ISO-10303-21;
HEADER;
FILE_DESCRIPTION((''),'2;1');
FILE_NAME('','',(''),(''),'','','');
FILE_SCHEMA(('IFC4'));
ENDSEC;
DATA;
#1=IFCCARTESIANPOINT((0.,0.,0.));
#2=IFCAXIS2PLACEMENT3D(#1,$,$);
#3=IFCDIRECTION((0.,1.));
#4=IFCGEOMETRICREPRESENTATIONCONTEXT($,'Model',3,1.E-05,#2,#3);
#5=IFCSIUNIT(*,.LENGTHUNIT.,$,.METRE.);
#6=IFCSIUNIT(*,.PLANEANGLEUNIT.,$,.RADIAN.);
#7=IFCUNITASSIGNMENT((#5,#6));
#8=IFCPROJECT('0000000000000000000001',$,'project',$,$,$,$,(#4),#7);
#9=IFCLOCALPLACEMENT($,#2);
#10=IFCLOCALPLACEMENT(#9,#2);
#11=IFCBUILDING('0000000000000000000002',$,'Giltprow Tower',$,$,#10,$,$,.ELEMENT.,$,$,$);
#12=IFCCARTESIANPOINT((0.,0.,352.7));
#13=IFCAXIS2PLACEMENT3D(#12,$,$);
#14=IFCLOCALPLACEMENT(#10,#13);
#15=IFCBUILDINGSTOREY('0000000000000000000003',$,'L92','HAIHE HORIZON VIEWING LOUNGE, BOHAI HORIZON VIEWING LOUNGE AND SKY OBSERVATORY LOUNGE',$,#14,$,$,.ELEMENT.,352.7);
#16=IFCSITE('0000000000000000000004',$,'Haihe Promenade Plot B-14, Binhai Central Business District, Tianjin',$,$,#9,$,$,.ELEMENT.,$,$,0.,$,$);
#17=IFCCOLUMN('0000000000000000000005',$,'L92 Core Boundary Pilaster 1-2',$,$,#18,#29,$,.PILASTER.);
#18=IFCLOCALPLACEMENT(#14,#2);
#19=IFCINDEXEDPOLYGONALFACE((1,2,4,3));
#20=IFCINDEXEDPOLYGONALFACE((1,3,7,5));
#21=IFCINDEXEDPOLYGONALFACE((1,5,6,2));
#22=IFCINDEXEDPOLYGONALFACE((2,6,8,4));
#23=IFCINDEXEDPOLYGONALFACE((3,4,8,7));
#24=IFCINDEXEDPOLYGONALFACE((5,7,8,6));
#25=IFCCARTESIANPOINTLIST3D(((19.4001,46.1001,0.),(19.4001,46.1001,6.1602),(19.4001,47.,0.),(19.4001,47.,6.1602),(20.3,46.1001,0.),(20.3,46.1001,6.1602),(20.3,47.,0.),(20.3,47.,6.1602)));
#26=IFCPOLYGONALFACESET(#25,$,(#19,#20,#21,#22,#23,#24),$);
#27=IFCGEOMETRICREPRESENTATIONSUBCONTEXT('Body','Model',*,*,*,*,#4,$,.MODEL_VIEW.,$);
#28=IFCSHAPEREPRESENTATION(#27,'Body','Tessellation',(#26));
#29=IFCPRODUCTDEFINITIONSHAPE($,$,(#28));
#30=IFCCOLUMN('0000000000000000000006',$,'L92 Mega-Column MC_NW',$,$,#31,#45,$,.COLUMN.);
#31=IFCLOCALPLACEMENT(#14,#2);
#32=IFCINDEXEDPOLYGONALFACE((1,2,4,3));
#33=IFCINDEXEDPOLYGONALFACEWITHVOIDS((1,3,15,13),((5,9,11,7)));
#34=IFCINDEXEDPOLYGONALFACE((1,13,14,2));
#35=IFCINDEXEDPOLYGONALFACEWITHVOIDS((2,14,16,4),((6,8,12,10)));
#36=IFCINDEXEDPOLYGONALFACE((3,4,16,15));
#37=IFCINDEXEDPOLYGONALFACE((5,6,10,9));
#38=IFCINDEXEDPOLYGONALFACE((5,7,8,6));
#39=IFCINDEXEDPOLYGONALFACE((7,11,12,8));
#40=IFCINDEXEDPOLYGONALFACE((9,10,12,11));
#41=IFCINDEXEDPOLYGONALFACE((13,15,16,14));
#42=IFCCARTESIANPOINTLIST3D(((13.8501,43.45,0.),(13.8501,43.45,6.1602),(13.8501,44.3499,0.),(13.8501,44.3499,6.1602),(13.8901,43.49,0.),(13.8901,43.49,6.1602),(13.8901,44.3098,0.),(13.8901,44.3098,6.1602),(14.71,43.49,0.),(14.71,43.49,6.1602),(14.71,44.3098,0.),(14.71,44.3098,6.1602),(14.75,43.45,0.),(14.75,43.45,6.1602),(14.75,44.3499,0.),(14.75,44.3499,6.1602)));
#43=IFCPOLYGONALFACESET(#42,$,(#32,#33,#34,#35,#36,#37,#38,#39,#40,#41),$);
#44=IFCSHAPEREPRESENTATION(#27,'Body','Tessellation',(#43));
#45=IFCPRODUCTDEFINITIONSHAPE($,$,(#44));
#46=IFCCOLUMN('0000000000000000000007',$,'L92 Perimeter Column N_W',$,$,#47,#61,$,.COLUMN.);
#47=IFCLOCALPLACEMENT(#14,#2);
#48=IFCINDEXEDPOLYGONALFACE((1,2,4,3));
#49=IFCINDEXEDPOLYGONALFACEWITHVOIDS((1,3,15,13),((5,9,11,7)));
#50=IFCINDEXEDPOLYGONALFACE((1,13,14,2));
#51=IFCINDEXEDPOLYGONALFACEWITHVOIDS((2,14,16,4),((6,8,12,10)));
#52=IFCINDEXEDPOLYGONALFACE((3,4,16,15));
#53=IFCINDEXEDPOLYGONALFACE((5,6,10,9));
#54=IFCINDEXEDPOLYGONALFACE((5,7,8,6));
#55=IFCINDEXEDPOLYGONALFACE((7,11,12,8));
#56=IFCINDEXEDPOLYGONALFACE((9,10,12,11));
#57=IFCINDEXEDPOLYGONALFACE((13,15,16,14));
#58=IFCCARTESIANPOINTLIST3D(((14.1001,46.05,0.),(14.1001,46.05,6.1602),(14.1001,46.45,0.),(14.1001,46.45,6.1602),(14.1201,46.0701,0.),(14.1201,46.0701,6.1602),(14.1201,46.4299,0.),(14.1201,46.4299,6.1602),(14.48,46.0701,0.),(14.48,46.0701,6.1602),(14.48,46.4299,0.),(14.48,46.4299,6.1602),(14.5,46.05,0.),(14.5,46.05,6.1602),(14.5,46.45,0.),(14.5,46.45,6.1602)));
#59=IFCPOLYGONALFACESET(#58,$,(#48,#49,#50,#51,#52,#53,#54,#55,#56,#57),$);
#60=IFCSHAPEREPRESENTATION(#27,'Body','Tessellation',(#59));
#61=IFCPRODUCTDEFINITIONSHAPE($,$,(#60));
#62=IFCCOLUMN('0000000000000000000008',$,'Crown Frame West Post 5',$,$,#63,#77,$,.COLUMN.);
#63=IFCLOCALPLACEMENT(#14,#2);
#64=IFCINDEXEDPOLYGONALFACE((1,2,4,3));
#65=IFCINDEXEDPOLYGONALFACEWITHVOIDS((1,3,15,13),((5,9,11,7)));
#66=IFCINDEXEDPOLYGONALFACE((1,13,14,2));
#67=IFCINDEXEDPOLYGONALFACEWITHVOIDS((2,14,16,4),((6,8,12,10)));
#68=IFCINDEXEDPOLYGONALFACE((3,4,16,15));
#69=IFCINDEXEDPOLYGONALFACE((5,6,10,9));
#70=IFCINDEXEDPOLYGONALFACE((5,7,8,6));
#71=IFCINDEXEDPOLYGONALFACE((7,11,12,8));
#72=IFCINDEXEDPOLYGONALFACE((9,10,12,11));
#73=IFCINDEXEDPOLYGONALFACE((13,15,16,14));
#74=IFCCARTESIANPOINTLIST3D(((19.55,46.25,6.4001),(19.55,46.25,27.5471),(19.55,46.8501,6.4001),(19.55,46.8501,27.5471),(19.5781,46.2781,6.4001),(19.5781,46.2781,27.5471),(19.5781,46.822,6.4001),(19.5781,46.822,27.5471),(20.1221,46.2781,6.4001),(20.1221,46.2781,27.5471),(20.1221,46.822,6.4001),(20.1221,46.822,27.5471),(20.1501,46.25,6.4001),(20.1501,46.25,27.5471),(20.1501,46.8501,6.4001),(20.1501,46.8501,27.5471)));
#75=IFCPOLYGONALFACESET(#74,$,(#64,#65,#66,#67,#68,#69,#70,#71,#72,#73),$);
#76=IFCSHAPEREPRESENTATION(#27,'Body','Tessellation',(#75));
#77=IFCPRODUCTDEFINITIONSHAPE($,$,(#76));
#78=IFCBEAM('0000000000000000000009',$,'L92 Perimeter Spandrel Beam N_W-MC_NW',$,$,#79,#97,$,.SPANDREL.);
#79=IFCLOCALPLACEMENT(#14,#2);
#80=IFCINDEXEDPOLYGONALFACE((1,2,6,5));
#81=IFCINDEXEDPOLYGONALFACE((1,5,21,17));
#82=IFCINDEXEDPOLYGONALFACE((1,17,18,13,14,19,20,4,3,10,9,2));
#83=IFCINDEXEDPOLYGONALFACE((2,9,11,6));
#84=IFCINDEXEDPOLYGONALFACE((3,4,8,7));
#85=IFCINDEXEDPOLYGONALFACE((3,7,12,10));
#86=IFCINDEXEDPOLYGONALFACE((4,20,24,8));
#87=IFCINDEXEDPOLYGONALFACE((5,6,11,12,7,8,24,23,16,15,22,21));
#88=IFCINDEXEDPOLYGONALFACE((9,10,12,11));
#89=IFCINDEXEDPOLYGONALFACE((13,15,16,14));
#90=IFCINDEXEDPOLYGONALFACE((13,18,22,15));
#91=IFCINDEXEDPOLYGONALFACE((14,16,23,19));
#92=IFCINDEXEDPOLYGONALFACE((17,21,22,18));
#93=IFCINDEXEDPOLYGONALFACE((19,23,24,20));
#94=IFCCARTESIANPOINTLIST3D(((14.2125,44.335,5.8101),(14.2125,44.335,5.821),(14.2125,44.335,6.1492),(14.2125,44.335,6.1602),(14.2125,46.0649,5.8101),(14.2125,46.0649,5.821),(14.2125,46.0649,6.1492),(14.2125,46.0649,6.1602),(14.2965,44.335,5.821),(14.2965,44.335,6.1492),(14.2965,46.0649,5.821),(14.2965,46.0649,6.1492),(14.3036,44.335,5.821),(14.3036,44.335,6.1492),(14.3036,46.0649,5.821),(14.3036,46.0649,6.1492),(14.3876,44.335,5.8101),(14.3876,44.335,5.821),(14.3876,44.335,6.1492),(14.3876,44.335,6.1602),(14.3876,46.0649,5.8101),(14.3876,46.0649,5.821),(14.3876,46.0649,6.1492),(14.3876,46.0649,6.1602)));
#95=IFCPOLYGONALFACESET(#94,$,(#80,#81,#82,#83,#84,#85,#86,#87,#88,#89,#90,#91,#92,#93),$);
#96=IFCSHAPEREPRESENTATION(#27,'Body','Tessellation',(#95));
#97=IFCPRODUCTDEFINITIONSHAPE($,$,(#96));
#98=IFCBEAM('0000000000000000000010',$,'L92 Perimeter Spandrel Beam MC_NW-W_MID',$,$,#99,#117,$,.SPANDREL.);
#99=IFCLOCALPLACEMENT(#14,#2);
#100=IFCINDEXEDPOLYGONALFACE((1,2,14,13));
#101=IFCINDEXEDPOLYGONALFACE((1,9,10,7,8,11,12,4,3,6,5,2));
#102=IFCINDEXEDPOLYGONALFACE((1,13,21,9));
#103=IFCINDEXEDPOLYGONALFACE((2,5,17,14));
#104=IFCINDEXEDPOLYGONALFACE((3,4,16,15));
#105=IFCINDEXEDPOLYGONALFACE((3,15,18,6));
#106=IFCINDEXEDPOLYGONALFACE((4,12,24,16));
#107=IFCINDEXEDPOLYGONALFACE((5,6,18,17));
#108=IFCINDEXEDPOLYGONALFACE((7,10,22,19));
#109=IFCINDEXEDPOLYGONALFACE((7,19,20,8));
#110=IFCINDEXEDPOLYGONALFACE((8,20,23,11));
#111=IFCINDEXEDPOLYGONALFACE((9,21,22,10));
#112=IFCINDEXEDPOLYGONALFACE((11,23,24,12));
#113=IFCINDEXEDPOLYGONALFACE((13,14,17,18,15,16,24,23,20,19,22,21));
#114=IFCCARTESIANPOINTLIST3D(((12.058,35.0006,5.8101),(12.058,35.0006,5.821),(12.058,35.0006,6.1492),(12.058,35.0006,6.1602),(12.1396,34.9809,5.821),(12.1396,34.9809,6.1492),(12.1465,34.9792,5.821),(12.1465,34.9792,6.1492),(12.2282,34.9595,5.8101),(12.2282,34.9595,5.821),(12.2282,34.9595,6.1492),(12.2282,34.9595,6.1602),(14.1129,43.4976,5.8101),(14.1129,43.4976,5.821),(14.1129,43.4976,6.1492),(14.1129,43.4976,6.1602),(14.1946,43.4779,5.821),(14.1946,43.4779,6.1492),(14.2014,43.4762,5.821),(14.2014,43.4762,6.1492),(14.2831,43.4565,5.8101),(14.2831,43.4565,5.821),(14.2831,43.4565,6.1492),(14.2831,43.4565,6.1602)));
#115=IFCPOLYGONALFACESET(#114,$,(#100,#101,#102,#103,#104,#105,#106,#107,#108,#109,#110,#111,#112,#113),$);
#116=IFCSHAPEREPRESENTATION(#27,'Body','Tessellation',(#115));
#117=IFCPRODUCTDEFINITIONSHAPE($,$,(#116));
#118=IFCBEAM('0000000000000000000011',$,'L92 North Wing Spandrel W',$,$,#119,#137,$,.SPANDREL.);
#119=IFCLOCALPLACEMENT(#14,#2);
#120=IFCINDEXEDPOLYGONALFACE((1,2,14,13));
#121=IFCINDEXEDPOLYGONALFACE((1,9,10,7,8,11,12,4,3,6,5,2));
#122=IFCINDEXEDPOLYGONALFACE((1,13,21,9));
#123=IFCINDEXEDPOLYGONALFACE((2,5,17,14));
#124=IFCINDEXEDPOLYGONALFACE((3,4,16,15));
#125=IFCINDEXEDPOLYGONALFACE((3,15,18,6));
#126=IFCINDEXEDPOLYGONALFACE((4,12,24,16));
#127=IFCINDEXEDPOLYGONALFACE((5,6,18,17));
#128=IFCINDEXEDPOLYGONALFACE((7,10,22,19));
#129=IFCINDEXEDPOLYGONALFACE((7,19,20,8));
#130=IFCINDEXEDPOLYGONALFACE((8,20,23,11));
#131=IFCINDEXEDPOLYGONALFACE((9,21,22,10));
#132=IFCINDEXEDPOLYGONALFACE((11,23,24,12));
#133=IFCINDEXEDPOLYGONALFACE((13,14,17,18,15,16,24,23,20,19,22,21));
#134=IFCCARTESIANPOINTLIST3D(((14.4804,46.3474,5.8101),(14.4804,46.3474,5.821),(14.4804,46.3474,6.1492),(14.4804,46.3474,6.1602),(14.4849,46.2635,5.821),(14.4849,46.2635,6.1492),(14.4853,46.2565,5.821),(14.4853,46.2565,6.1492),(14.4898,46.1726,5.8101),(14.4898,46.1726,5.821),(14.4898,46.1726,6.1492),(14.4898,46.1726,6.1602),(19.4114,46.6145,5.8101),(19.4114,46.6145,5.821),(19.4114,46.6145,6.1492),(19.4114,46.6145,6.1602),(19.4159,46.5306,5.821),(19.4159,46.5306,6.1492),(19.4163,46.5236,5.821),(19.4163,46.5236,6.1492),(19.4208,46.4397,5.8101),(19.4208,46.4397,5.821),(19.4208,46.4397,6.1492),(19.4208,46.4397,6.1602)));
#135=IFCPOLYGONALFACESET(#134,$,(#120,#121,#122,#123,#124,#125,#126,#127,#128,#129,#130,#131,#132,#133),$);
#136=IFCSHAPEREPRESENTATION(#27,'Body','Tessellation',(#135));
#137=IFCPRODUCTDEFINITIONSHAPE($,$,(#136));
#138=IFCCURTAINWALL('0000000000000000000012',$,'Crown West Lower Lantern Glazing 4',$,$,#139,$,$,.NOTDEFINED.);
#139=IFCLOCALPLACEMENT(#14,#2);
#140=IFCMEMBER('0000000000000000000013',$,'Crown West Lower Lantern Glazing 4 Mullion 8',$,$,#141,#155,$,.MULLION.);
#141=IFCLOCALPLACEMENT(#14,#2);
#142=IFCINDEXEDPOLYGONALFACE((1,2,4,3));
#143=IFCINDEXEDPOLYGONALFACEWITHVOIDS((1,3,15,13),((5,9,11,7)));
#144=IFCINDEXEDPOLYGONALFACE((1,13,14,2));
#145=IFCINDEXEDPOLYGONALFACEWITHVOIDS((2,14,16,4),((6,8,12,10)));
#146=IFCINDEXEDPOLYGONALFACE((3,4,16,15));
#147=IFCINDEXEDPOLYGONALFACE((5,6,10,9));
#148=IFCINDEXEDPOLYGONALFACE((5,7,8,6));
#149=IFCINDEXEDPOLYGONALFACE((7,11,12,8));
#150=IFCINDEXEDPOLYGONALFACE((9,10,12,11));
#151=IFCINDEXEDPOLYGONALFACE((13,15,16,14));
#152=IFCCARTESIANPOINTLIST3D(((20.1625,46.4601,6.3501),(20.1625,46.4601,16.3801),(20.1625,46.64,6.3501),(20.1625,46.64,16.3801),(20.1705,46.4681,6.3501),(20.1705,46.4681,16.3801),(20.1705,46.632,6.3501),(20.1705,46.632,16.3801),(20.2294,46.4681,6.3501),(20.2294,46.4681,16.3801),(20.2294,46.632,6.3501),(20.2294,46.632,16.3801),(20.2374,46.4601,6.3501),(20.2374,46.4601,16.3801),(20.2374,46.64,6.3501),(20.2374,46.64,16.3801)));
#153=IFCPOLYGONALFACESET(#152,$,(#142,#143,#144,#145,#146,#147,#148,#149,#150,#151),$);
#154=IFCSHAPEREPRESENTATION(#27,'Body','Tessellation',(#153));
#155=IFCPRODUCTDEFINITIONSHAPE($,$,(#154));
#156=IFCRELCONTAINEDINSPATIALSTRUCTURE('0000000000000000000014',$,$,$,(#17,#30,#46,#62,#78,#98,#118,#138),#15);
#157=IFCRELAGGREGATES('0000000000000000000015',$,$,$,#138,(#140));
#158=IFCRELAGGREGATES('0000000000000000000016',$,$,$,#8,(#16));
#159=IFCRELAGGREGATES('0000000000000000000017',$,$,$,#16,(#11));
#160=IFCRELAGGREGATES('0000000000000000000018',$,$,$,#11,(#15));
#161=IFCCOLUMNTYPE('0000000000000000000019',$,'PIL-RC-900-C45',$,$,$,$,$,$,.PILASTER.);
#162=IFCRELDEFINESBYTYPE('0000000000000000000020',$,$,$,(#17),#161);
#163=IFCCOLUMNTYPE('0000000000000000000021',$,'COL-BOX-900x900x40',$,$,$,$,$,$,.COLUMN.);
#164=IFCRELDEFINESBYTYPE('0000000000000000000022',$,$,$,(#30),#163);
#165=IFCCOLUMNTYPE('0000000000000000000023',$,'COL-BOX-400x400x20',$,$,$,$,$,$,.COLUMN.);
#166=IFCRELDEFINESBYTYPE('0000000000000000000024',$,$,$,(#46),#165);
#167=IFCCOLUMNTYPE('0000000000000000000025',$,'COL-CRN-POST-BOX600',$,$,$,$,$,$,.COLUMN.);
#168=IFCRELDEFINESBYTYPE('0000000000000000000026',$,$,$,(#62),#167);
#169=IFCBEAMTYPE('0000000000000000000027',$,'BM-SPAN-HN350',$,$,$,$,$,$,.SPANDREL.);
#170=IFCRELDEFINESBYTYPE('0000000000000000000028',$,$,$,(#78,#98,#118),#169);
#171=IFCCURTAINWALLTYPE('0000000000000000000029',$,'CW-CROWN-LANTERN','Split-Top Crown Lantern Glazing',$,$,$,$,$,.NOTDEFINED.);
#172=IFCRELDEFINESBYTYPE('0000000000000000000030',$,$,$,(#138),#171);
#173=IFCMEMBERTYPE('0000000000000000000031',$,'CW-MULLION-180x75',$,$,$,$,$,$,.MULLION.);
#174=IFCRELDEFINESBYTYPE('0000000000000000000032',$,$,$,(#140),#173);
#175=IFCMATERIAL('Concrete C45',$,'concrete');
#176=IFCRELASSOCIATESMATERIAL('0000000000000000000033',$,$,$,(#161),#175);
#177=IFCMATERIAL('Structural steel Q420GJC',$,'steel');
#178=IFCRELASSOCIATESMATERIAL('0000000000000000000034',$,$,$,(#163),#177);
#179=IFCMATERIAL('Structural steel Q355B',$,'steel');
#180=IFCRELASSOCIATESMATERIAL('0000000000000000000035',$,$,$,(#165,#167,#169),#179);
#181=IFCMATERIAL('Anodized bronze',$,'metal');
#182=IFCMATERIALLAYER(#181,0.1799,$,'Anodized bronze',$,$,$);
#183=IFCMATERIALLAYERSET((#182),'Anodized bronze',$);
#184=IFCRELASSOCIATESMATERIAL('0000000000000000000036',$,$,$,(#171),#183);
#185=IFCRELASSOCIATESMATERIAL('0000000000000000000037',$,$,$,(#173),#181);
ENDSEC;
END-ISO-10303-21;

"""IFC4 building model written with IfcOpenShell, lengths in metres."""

from ifc_helpers import new_model, si_unit, direction, frame, origin, origin_2d, place, context, subcontext, project, spatial, rectangle, hollow_rectangle, i_section, extrude, source, transform, mapped, material, layer, layer_set, material_profile, profile_set, type_object, element, aggregate, save


model = new_model("IFC4")

# Units and contexts
model_context = context("Model", 3, precision=1e-05, world=origin(), true_north=direction((0.0, 1.0)))
body_context = subcontext(model_context, "Body", "Model", "MODEL_VIEW")
ifc_project = project(units=[si_unit("LENGTHUNIT", "METRE"), si_unit("PLANEANGLEUNIT", "RADIAN")], contexts=[model_context])

# Site, building, storey
site_placement = place(None, origin())
site = spatial("IfcSite", under=ifc_project, at=site_placement, Name="Haihe Promenade Plot B-14, Binhai Central Business District, Tianjin", CompositionType="ELEMENT", RefElevation=0.0)
building_placement = place(site_placement, origin())
building = spatial("IfcBuilding", under=site, at=building_placement, Name="Giltprow Tower", CompositionType="ELEMENT")
storey_placement = place(building_placement, frame((0.0, 0.0, 352.7)))
storey = spatial("IfcBuildingStorey", under=building, at=storey_placement, Name="L92", Description="HAIHE HORIZON VIEWING LOUNGE, BOHAI HORIZON VIEWING LOUNGE AND SKY OBSERVATORY LOUNGE", CompositionType="ELEMENT", Elevation=352.7)

# Columns
ifc_material_1 = material(Name="Concrete C45", Category="concrete")
ifc_material_profile_1 = material_profile(ifc_material_1, rectangle(XDim=0.8999, YDim=0.8999, at=origin_2d()), Name="RC 900x900")
ifc_profile_set_1 = profile_set([ifc_material_profile_1], Name="Concrete C45")
column_type_1 = type_object("IfcColumnType", Name="PIL-RC-900-C45", PredefinedType="PILASTER", material=ifc_profile_set_1)
shared_shape_1 = source(origin(), body_context, "Body", "SweptSolid", [
    extrude(rectangle(XDim=0.8999, YDim=0.8999, at=origin_2d()), origin(), (0.0, 0.0, 1.0), 6.1602),
])
column_1_placement = place(storey_placement, frame((19.8501, 46.55, 0.0), z_axis=(0.0, 0.0, 1.0), x_axis=(1.0, 0.0, 0.0)))
element("IfcColumn", 1, at=column_1_placement, inside=storey, type_object=column_type_1, Name="L92 Core Boundary Pilaster 1-2", PredefinedType="PILASTER", context=body_context, shape_type="MappedRepresentation", body=[
    mapped(shared_shape_1, transform((0.0, 0.0, 0.0), x_axis=(1.0, 0.0, 0.0), y_axis=(0.0, 1.0, 0.0), z_axis=(0.0, 0.0, 1.0), scale=1.0)),
])
ifc_material_2 = material(Name="Structural steel Q420GJC", Category="steel")
ifc_material_profile_2 = material_profile(ifc_material_2, hollow_rectangle(XDim=0.8999, YDim=0.8999, WallThickness=0.04, at=origin_2d()), Name="BOX 900x900x40")
ifc_profile_set_2 = profile_set([ifc_material_profile_2], Name="Structural steel Q420GJC")
column_type_2 = type_object("IfcColumnType", Name="COL-BOX-900x900x40", PredefinedType="COLUMN", material=ifc_profile_set_2)
shared_shape_2 = source(origin(), body_context, "Body", "SweptSolid", [
    extrude(hollow_rectangle(XDim=0.8999, YDim=0.8999, WallThickness=0.04, at=origin_2d()), origin(), (0.0, 0.0, 1.0), 6.1602),
])
column_2_placement = place(storey_placement, frame((14.3, 43.8999, 0.0), z_axis=(0.0, 0.0, 1.0), x_axis=(1.0, 0.0, 0.0)))
element("IfcColumn", 2, at=column_2_placement, inside=storey, type_object=column_type_2, Name="L92 Mega-Column MC_NW", PredefinedType="COLUMN", context=body_context, shape_type="MappedRepresentation", body=[
    mapped(shared_shape_2, transform((0.0, 0.0, 0.0), x_axis=(1.0, 0.0, 0.0), y_axis=(0.0, 1.0, 0.0), z_axis=(0.0, 0.0, 1.0), scale=1.0)),
])
ifc_material_3 = material(Name="Structural steel Q355B", Category="steel")
ifc_material_profile_3 = material_profile(ifc_material_3, hollow_rectangle(XDim=0.3999, YDim=0.3999, WallThickness=0.02, at=origin_2d()), Name="BOX 400x400x20")
ifc_profile_set_3 = profile_set([ifc_material_profile_3], Name="Structural steel Q355B")
column_type_3 = type_object("IfcColumnType", Name="COL-BOX-400x400x20", PredefinedType="COLUMN", material=ifc_profile_set_3)
shared_shape_3 = source(origin(), body_context, "Body", "SweptSolid", [
    extrude(hollow_rectangle(XDim=0.3999, YDim=0.3999, WallThickness=0.02, at=origin_2d()), origin(), (0.0, 0.0, 1.0), 6.1602),
])
column_3_placement = place(storey_placement, frame((14.3, 46.25, 0.0), z_axis=(0.0, 0.0, 1.0), x_axis=(1.0, 0.0, 0.0)))
element("IfcColumn", 3, at=column_3_placement, inside=storey, type_object=column_type_3, Name="L92 Perimeter Column N_W", PredefinedType="COLUMN", context=body_context, shape_type="MappedRepresentation", body=[
    mapped(shared_shape_3, transform((0.0, 0.0, 0.0), x_axis=(1.0, 0.0, 0.0), y_axis=(0.0, 1.0, 0.0), z_axis=(0.0, 0.0, 1.0), scale=1.0)),
])
ifc_material_profile_4 = material_profile(ifc_material_3, hollow_rectangle(XDim=0.6001, YDim=0.6001, WallThickness=0.0281, at=origin_2d()), Name="BOX 600x600x28")
ifc_profile_set_4 = profile_set([ifc_material_profile_4], Name="Structural steel Q355B")
column_type_4 = type_object("IfcColumnType", Name="COL-CRN-POST-BOX600", PredefinedType="COLUMN", material=ifc_profile_set_4)
shared_shape_4 = source(origin(), body_context, "Body", "SweptSolid", [
    extrude(hollow_rectangle(XDim=0.6001, YDim=0.6001, WallThickness=0.0281, at=origin_2d()), origin(), (0.0, 0.0, 1.0), 21.147),
])
column_4_placement = place(storey_placement, frame((19.8501, 46.55, 6.4001), z_axis=(0.0, 0.0, 1.0), x_axis=(1.0, 0.0, 0.0)))
element("IfcColumn", 4, at=column_4_placement, inside=storey, type_object=column_type_4, Name="Crown Frame West Post 5", PredefinedType="COLUMN", context=body_context, shape_type="MappedRepresentation", body=[
    mapped(shared_shape_4, transform((0.0, 0.0, 0.0), x_axis=(1.0, 0.0, 0.0), y_axis=(0.0, 1.0, 0.0), z_axis=(0.0, 0.0, 1.0), scale=1.0)),
])

# Beams
ifc_material_profile_5 = material_profile(ifc_material_3, i_section(OverallWidth=0.175, OverallDepth=0.3501, WebThickness=0.0071, FlangeThickness=0.011, at=origin_2d()), Name="HN 350x175x7x11")
ifc_profile_set_5 = profile_set([ifc_material_profile_5], Name="Structural steel Q355B")
beam_type = type_object("IfcBeamType", Name="BM-SPAN-HN350", PredefinedType="SPANDREL", material=ifc_profile_set_5)
shared_shape_5 = source(origin(), body_context, "Body", "SweptSolid", [
    extrude(i_section(OverallWidth=0.175, OverallDepth=0.3501, WebThickness=0.0071, FlangeThickness=0.011, at=origin_2d()), origin(), (0.0, 0.0, 1.0), 1.73),
])
beam_1_placement = place(storey_placement, frame((14.3, 46.0649, 5.9851), z_axis=(0.0, -1.0, 0.0), x_axis=(1.0, 0.0, 0.0)))
element("IfcBeam", 5, at=beam_1_placement, inside=storey, type_object=beam_type, Name="L92 Perimeter Spandrel Beam N_W-MC_NW", PredefinedType="SPANDREL", context=body_context, shape_type="MappedRepresentation", body=[
    mapped(shared_shape_5, transform((0.0, 0.0, 0.0), x_axis=(1.0, 0.0, 0.0), y_axis=(0.0, 1.0, 0.0), z_axis=(0.0, 0.0, 1.0), scale=1.0)),
])
shared_shape_6 = source(origin(), body_context, "Body", "SweptSolid", [
    extrude(i_section(OverallWidth=0.175, OverallDepth=0.3501, WebThickness=0.0071, FlangeThickness=0.011, at=origin_2d()), origin(), (0.0, 0.0, 1.0), 8.7419),
])
beam_2_placement = place(storey_placement, frame((14.198, 43.4771, 5.9851), z_axis=(-0.235064, -0.97198, 0.0), x_axis=(0.97198, -0.235064, 0.0)))
element("IfcBeam", 6, at=beam_2_placement, inside=storey, type_object=beam_type, Name="L92 Perimeter Spandrel Beam MC_NW-W_MID", PredefinedType="SPANDREL", context=body_context, shape_type="MappedRepresentation", body=[
    mapped(shared_shape_6, transform((0.0, 0.0, 0.0), x_axis=(1.0, 0.0, 0.0), y_axis=(0.0, 1.0, 0.0), z_axis=(0.0, 0.0, 1.0), scale=1.0)),
])
shared_shape_7 = source(origin(), body_context, "Body", "SweptSolid", [
    extrude(i_section(OverallWidth=0.175, OverallDepth=0.3501, WebThickness=0.0071, FlangeThickness=0.011, at=origin_2d()), origin(), (0.0, 0.0, 1.0), 4.9382),
])
beam_3_placement = place(storey_placement, frame((14.4851, 46.26, 5.9851), z_axis=(0.998536, 0.054087, 0.0), x_axis=(-0.054087, 0.998536, 0.0)))
element("IfcBeam", 7, at=beam_3_placement, inside=storey, type_object=beam_type, Name="L92 North Wing Spandrel W", PredefinedType="SPANDREL", context=body_context, shape_type="MappedRepresentation", body=[
    mapped(shared_shape_7, transform((0.0, 0.0, 0.0), x_axis=(1.0, 0.0, 0.0), y_axis=(0.0, 1.0, 0.0), z_axis=(0.0, 0.0, 1.0), scale=1.0)),
])

# Curtain wall, member
ifc_material_4 = material(Name="Anodized bronze", Category="metal")
ifc_layer_1 = layer(ifc_material_4, 0.1799, Name="Anodized bronze")
ifc_layer_set_1 = layer_set([ifc_layer_1], Name="Anodized bronze")
curtain_wall_type = type_object("IfcCurtainWallType", Name="CW-CROWN-LANTERN", Description="Split-Top Crown Lantern Glazing", PredefinedType="NOTDEFINED", material=ifc_layer_set_1)
curtain_wall_1_placement = place(storey_placement, origin())
curtain_wall_1 = element("IfcCurtainWall", 8, at=curtain_wall_1_placement, inside=storey, type_object=curtain_wall_type, Name="Crown West Lower Lantern Glazing 4", PredefinedType="NOTDEFINED")
ifc_material_profile_6 = material_profile(ifc_material_4, hollow_rectangle(XDim=0.075, YDim=0.1799, WallThickness=0.0081, at=origin_2d()), Name="RHS 180x75x8")
ifc_profile_set_6 = profile_set([ifc_material_profile_6], Name="Anodized bronze")
member_type_1 = type_object("IfcMemberType", Name="CW-MULLION-180x75", PredefinedType="MULLION", material=ifc_profile_set_6)
shared_shape_8 = source(origin(), body_context, "Body", "SweptSolid", [
    extrude(hollow_rectangle(XDim=0.075, YDim=0.1799, WallThickness=0.0081, at=origin_2d()), origin(), (0.0, 0.0, 1.0), 10.03),
])
member_1_placement = place(storey_placement, frame((20.2, 46.55, 6.3501), z_axis=(0.0, 0.0, 1.0), x_axis=(1.0, 0.0, 0.0)))
member_1 = element("IfcMember", 9, at=member_1_placement, type_object=member_type_1, Name="Crown West Lower Lantern Glazing 4 Mullion 8", PredefinedType="MULLION", context=body_context, shape_type="MappedRepresentation", body=[
    mapped(shared_shape_8, transform((0.0, 0.0, 0.0), x_axis=(1.0, 0.0, 0.0), y_axis=(0.0, 1.0, 0.0), z_axis=(0.0, 0.0, 1.0), scale=1.0)),
])
aggregate(curtain_wall_1, [member_1])

save(model, "model.ifc")
